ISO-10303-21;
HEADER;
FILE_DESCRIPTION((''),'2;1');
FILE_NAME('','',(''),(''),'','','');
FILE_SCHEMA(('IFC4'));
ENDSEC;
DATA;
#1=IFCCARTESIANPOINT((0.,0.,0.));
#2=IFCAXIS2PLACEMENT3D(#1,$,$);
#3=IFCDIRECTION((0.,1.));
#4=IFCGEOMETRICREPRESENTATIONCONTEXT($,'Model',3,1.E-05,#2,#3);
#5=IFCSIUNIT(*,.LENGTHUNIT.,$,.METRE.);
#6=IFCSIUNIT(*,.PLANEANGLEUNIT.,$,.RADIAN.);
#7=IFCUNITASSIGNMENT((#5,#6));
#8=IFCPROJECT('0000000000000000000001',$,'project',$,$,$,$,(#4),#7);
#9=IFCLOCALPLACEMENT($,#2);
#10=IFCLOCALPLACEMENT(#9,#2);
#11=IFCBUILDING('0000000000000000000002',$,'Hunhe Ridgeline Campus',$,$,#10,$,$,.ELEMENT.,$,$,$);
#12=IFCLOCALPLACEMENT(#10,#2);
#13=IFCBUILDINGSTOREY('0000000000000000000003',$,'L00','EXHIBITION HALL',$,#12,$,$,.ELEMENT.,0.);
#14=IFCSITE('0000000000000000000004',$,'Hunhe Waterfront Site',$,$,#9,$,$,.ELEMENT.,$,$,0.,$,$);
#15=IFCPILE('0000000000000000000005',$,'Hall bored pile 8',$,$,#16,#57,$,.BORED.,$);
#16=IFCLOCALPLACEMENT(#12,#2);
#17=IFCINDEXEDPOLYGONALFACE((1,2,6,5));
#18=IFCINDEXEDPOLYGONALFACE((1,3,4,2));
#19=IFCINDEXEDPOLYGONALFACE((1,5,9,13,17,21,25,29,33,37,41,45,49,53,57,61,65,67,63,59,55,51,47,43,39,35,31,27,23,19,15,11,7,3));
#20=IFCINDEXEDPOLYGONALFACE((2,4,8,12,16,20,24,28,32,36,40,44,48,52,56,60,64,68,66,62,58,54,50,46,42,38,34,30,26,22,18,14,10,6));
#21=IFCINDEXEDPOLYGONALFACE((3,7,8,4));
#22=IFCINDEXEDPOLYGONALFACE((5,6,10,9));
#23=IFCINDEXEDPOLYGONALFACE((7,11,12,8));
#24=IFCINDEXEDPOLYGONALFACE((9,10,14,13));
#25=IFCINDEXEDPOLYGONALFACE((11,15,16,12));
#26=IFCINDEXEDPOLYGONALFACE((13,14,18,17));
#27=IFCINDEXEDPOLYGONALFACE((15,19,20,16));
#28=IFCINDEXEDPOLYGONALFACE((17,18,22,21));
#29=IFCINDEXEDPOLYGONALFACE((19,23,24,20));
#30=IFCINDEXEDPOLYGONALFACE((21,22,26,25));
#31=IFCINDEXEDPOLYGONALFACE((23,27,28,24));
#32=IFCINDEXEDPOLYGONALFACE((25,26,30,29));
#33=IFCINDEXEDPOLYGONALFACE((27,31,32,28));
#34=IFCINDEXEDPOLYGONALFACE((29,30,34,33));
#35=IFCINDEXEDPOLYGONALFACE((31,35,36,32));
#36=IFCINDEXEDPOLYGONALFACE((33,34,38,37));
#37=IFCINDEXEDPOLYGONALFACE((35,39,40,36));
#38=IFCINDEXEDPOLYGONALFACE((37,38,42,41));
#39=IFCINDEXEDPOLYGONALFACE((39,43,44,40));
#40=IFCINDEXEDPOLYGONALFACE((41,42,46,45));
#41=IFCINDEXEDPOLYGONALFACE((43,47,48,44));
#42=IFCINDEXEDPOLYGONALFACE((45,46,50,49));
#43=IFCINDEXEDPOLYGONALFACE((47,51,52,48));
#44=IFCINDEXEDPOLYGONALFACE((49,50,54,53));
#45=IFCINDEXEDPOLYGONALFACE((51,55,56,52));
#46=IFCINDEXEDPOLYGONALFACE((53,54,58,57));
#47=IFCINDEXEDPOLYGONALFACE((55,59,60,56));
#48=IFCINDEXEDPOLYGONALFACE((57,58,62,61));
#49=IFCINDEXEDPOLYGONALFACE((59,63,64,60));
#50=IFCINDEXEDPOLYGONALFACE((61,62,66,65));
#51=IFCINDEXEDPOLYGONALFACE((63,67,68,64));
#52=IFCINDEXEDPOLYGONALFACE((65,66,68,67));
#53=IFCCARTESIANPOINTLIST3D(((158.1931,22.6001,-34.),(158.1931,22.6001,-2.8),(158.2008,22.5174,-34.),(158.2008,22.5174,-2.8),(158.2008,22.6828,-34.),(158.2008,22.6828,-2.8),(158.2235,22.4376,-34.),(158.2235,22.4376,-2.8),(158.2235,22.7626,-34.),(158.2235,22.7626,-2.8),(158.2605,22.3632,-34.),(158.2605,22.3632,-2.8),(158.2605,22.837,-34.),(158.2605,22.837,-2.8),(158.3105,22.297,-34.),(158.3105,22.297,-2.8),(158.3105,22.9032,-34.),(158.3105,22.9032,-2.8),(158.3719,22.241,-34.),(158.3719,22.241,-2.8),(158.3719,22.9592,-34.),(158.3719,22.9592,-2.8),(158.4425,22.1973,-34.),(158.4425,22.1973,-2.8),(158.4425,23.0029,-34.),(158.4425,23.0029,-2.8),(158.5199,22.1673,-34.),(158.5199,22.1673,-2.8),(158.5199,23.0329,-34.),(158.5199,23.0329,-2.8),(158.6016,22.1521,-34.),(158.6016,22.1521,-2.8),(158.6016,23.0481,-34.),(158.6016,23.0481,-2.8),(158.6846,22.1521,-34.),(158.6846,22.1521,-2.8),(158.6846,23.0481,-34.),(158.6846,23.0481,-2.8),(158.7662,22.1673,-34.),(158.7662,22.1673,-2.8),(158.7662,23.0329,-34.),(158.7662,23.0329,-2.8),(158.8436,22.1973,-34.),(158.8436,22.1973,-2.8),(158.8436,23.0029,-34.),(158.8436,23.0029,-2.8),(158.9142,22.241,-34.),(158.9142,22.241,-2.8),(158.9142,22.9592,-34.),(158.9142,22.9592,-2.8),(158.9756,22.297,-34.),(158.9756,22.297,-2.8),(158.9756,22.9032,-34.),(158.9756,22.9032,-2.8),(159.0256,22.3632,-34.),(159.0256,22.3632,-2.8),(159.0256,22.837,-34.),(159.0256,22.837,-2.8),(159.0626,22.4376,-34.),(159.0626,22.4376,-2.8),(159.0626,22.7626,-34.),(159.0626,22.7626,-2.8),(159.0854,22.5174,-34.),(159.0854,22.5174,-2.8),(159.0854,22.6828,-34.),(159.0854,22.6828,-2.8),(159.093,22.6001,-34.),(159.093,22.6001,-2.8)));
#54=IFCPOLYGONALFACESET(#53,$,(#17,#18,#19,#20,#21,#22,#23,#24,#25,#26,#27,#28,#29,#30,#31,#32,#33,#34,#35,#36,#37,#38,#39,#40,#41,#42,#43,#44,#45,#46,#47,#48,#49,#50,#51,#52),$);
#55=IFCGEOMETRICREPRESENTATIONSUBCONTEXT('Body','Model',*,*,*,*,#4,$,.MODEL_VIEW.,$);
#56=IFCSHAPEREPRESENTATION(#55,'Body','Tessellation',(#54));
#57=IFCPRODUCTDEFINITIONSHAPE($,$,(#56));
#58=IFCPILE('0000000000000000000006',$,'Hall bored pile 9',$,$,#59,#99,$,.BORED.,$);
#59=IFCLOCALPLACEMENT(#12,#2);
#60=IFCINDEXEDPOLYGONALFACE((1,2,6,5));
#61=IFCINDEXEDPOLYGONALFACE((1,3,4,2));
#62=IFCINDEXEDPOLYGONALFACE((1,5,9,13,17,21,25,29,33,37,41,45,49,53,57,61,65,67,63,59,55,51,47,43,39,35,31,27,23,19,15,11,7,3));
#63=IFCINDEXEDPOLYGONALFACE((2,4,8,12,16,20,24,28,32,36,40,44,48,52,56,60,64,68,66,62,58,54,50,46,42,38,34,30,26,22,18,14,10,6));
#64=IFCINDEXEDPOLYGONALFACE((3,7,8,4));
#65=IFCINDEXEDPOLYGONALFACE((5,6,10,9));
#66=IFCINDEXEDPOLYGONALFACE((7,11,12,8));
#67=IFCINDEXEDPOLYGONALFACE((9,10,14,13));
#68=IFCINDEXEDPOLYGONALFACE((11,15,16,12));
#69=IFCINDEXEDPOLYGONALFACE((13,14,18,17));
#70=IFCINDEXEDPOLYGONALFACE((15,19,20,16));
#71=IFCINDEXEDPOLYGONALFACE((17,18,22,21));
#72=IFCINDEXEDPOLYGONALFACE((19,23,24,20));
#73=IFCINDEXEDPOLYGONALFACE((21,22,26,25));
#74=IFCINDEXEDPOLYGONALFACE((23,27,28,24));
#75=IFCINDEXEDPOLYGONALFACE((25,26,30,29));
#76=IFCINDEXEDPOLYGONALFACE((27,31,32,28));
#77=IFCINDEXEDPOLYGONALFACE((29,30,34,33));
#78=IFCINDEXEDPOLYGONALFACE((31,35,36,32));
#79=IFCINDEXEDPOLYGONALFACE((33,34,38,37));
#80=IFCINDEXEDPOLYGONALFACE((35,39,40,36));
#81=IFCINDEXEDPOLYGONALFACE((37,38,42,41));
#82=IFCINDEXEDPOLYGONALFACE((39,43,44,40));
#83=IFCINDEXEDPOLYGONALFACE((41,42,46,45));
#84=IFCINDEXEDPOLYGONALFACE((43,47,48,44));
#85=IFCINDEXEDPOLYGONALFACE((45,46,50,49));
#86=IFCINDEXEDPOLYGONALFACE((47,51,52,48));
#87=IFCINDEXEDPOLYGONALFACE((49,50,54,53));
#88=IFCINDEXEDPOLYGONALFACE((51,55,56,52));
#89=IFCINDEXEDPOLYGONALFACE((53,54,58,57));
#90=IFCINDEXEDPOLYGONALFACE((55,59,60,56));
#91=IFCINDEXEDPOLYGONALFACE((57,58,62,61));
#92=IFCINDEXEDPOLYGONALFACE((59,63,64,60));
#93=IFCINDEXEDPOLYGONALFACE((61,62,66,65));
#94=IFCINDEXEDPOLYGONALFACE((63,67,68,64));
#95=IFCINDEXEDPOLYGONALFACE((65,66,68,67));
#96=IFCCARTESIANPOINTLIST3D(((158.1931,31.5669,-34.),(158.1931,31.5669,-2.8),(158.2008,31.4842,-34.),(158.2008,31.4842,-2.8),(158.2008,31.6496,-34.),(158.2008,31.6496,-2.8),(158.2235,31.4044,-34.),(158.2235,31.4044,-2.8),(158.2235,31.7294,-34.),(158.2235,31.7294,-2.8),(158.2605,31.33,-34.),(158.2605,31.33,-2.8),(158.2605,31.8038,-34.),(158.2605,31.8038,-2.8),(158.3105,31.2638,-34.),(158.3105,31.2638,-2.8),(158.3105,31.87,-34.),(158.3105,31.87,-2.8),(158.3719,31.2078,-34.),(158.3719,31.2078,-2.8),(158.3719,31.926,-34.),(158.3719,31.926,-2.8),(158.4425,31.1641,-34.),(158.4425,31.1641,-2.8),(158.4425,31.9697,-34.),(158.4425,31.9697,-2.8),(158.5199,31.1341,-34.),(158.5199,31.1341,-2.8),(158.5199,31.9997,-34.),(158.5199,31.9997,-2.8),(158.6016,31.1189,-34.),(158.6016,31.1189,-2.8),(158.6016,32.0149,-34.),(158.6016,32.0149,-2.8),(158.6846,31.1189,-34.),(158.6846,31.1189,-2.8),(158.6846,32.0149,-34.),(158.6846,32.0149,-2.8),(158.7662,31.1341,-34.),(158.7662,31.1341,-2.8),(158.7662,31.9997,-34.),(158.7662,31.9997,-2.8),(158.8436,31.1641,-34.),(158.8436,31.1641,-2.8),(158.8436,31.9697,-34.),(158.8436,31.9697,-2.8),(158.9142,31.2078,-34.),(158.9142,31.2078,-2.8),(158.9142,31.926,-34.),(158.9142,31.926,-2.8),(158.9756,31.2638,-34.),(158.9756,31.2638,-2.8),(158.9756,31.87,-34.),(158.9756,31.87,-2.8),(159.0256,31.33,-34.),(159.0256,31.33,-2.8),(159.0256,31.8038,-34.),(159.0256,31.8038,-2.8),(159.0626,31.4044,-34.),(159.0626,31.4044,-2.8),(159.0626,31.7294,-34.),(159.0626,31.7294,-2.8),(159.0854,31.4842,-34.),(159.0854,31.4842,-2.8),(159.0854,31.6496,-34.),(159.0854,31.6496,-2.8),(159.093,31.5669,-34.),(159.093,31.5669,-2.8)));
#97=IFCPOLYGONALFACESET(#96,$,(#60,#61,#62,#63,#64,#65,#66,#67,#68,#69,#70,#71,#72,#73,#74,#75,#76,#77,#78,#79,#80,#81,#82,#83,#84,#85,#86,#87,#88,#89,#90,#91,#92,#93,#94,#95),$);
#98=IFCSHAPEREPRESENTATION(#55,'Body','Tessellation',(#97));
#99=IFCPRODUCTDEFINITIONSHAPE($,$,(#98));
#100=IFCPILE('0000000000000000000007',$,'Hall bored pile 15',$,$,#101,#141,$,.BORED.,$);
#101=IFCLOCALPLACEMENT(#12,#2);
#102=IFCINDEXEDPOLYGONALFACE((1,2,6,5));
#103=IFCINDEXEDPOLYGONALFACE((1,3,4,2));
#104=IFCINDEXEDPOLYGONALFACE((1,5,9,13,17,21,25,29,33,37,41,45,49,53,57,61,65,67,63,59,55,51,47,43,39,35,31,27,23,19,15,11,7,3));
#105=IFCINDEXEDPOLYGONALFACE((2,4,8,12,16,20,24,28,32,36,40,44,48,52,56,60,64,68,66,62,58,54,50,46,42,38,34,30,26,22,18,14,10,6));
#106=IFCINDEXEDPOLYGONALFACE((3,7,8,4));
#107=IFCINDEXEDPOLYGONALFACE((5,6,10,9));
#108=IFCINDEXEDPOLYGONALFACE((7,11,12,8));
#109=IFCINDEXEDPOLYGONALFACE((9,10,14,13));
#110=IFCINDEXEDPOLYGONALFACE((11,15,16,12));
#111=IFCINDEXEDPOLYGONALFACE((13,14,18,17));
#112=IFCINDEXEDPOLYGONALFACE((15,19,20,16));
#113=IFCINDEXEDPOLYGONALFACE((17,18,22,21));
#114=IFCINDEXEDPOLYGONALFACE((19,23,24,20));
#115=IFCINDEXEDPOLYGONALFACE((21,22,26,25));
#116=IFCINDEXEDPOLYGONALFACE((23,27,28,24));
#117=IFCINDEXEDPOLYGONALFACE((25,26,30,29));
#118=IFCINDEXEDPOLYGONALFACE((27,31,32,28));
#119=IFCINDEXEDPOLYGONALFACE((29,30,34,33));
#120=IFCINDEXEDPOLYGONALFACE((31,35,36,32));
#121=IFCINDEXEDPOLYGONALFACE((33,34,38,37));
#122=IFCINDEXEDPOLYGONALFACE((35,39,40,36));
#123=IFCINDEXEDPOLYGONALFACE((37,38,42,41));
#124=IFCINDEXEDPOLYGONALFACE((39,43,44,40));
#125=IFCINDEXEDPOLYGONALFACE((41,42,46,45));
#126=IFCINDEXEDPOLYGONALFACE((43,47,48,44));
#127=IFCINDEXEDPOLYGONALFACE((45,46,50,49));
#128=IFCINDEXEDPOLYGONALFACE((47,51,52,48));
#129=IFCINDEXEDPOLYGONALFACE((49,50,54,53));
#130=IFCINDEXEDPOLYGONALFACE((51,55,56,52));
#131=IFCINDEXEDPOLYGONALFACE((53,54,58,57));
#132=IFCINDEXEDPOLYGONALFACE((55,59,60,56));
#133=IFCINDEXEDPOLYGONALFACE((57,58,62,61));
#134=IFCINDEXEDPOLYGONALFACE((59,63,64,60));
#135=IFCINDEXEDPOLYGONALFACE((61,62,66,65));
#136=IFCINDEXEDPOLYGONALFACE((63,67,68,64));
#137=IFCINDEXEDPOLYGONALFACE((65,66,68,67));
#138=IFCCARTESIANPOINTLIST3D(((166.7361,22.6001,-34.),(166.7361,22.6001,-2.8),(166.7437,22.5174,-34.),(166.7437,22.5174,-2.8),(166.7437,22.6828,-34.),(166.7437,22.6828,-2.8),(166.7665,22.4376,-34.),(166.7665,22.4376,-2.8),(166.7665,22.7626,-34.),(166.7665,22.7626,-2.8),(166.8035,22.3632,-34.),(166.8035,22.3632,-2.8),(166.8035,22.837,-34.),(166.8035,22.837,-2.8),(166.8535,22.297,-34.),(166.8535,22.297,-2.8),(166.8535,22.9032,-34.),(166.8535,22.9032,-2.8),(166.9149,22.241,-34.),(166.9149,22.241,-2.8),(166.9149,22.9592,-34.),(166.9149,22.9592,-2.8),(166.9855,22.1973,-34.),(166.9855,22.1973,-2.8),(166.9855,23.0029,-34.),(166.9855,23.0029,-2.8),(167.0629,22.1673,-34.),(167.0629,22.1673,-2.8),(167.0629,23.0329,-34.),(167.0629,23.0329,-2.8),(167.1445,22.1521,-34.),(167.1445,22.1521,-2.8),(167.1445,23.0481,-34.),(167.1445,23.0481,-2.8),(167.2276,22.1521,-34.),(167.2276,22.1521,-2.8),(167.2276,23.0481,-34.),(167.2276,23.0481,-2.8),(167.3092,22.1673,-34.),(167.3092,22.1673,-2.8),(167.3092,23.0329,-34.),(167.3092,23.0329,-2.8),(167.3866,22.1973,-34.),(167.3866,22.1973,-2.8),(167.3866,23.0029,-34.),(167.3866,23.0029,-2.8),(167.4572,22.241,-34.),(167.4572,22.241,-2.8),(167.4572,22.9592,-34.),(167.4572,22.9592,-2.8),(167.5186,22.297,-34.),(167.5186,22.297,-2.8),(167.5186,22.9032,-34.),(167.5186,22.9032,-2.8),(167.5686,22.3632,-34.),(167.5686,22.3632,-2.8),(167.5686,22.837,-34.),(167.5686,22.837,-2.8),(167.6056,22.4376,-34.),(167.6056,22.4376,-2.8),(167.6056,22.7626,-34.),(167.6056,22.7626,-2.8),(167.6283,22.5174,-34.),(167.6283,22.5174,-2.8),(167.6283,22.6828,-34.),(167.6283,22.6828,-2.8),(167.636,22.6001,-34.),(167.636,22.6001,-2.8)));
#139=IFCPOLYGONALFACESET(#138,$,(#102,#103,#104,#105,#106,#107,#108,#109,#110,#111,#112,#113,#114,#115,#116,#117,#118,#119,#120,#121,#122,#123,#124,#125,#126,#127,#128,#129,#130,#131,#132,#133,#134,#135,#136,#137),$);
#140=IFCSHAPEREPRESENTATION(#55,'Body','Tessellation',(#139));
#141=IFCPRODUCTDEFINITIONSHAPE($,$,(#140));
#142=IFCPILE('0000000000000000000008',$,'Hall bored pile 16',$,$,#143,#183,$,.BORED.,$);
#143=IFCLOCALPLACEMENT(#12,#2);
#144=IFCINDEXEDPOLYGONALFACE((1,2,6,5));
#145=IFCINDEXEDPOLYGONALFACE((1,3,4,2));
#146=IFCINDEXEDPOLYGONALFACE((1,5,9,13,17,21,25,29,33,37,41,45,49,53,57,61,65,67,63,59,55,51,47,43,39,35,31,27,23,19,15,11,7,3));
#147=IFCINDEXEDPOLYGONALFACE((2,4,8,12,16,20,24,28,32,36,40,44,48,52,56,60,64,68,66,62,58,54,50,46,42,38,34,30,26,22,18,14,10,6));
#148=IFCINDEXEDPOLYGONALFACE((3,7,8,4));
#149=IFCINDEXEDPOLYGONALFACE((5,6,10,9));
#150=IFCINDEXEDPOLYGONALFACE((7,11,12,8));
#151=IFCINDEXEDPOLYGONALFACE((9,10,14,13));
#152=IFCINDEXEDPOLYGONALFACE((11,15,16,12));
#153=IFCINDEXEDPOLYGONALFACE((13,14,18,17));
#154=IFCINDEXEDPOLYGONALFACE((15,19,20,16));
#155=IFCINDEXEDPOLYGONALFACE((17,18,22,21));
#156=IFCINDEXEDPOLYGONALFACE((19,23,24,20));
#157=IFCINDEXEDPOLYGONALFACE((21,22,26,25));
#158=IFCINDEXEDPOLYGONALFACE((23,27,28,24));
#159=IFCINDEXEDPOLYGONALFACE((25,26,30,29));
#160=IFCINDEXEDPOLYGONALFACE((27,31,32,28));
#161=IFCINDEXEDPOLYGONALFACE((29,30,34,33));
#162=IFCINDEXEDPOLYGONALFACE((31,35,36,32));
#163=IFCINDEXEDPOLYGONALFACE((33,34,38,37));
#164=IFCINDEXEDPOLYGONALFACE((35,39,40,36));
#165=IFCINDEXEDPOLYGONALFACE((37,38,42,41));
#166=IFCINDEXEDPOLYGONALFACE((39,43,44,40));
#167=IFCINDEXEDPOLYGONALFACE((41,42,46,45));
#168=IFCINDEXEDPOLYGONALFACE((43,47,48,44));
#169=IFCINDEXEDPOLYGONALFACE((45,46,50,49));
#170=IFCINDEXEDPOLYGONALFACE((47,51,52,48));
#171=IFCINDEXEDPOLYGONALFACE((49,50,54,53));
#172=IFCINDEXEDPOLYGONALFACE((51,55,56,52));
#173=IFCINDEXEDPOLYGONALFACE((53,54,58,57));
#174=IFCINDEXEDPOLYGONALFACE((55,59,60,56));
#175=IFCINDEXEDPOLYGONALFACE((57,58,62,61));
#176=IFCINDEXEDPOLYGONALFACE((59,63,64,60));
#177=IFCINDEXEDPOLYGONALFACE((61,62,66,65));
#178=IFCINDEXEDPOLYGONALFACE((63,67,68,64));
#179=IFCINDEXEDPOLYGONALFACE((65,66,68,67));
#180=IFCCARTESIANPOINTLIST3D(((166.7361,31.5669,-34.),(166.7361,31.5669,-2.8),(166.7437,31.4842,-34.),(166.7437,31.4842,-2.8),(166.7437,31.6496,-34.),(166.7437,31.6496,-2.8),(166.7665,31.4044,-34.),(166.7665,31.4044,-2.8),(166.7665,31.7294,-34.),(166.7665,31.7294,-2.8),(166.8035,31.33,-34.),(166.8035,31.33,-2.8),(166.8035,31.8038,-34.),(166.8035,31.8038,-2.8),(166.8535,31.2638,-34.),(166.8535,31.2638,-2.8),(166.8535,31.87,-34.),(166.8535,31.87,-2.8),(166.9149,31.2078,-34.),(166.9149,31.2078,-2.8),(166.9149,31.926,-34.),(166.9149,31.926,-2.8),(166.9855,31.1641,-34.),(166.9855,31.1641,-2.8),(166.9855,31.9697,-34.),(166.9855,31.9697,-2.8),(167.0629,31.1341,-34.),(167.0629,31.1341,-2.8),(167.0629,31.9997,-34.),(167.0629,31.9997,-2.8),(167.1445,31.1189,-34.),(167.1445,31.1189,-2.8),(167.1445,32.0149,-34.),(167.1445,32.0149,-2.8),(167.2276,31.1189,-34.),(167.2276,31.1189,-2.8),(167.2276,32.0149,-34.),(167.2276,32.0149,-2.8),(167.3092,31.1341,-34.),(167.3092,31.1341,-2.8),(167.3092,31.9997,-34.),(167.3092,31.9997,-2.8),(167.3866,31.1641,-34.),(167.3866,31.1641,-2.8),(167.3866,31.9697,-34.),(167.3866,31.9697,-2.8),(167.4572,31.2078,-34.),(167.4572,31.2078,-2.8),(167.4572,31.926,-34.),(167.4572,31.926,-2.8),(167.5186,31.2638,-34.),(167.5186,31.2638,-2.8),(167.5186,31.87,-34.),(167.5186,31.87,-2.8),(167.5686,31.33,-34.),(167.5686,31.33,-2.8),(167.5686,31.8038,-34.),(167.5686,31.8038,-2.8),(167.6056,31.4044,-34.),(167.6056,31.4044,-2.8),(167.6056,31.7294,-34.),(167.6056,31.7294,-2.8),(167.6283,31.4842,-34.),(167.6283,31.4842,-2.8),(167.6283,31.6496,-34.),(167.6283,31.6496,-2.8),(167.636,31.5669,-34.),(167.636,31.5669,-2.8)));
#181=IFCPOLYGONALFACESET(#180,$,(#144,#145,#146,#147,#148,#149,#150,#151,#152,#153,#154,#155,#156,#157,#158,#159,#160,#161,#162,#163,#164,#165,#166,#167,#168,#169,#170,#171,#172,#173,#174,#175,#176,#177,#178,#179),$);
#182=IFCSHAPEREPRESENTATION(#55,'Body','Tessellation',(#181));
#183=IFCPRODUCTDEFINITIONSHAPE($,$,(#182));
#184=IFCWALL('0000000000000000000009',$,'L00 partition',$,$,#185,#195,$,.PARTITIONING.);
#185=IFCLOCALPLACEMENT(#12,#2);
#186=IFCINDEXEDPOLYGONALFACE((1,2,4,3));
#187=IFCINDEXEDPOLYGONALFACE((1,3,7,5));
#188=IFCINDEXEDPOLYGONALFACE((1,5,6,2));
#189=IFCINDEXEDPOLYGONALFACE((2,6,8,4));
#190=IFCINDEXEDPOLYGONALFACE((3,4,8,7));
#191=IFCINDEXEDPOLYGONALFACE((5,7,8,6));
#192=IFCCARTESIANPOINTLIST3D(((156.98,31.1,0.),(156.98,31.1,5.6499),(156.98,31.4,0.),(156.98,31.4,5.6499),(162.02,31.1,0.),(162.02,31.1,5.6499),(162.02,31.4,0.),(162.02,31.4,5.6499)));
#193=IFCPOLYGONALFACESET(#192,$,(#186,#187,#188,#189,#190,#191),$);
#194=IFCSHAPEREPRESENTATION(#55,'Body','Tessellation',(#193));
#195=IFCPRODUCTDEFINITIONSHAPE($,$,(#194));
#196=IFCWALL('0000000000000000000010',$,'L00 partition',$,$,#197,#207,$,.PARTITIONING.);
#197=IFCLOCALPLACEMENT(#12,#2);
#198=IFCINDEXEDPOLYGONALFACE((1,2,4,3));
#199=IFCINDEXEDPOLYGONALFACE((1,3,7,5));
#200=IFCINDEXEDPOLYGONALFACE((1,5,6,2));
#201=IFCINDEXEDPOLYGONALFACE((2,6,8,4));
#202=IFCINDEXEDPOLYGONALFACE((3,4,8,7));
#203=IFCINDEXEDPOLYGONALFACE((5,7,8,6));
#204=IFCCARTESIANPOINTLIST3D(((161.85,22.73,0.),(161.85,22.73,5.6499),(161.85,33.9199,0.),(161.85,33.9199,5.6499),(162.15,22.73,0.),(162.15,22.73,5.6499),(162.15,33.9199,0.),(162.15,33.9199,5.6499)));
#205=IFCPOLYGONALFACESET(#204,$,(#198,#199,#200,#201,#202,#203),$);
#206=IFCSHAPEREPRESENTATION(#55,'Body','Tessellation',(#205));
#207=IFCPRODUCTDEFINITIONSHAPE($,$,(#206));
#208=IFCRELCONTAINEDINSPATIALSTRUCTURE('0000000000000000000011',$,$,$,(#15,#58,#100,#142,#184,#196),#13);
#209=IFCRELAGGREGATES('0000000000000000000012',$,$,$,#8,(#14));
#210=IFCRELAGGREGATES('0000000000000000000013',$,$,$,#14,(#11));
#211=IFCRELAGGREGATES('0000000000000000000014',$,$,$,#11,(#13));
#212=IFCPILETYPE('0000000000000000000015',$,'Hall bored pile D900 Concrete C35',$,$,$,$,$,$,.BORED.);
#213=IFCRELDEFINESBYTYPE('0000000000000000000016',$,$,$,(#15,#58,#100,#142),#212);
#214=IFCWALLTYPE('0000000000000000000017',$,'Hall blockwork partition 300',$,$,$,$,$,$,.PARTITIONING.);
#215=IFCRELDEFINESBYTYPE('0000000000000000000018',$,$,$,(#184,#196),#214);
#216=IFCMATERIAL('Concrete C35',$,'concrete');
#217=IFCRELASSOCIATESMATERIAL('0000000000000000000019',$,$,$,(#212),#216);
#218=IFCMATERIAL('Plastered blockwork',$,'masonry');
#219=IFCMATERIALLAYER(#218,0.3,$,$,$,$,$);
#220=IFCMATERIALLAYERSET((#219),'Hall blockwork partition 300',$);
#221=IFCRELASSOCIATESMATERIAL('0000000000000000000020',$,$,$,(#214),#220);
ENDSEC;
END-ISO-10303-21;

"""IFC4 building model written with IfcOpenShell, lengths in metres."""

from ifc_helpers import new_model, si_unit, direction, frame, frame_2d, origin, origin_2d, place, context, subcontext, project, spatial, rectangle, circle, extrude, material, layer, layer_set, material_profile, profile_set, type_object, element, save


model = new_model("IFC4")

# Units and contexts
model_context = context("Model", 3, precision=1e-05, world=origin(), true_north=direction((0.0, 1.0)))
body_context = subcontext(model_context, "Body", "Model", "MODEL_VIEW")
ifc_project = project(units=[si_unit("LENGTHUNIT", "METRE"), si_unit("PLANEANGLEUNIT", "RADIAN")], contexts=[model_context])

# Site, building, storey
site_placement = place(None, origin())
site = spatial("IfcSite", under=ifc_project, at=site_placement, Name="Hunhe Waterfront Site", CompositionType="ELEMENT", RefElevation=0.0)
building_placement = place(site_placement, origin())
building = spatial("IfcBuilding", under=site, at=building_placement, Name="Hunhe Ridgeline Campus", CompositionType="ELEMENT")
storey_placement = place(building_placement, origin())
storey = spatial("IfcBuildingStorey", under=building, at=storey_placement, Name="L00", Description="EXHIBITION HALL", CompositionType="ELEMENT", Elevation=0.0)

# Piles
ifc_material_1 = material(Name="Concrete C35", Category="concrete")
ifc_material_profile = material_profile(ifc_material_1, circle(Radius=0.45, at=origin_2d()))
ifc_profile_set = profile_set([ifc_material_profile], Name="Concrete C35")
pile_type = type_object("IfcPileType", Name="Hall bored pile D900 Concrete C35", PredefinedType="BORED", material=ifc_profile_set)
for number, where, z_axis, x_axis, name in (
    (1, (158.6431, 22.6001, -2.8), (0.0, 0.0, -1.0), (1.0, 0.0, 0.0), "Hall bored pile 8"),
    (2, (158.6431, 31.5669, -2.8), (0.0, 0.0, -1.0), (1.0, 0.0, 0.0), "Hall bored pile 9"),
    (3, (167.186, 22.6001, -2.8), (0.0, 0.0, -1.0), (1.0, 0.0, 0.0), "Hall bored pile 15"),
    (4, (167.186, 31.5669, -2.8), (0.0, 0.0, -1.0), (1.0, 0.0, 0.0), "Hall bored pile 16"),
):
    element("IfcPile", number, at=place(storey_placement, frame(where, z_axis=z_axis, x_axis=x_axis)), inside=storey, type_object=pile_type, Name=name, PredefinedType="BORED", context=body_context, shape_type="SweptSolid", body=[
        extrude(circle(Radius=0.45, at=origin_2d()), origin(), (0.0, 0.0, 1.0), 31.2),
    ])

# Shared definitions
ifc_material_2 = material(Name="Plastered blockwork", Category="masonry")
ifc_layer_1 = layer(ifc_material_2, 0.3)
ifc_layer_set_1 = layer_set([ifc_layer_1], Name="Hall blockwork partition 300")
wall_type_1 = type_object("IfcWallType", Name="Hall blockwork partition 300", PredefinedType="PARTITIONING", material=ifc_layer_set_1)

# Walls
wall_1_placement = place(storey_placement, frame((156.98, 31.25, 0.0), z_axis=(0.0, 0.0, 1.0), x_axis=(1.0, 0.0, 0.0)))
element("IfcWall", 5, at=wall_1_placement, inside=storey, type_object=wall_type_1, Name="L00 partition", PredefinedType="PARTITIONING", context=body_context, shape_type="SweptSolid", body=[
    extrude(rectangle(XDim=5.04, YDim=0.3, at=frame_2d((2.52, 0.0))), origin(), (0.0, 0.0, 1.0), 5.6499),
])
for number, where, z_axis, x_axis, name in (
    (6, (162.0, 22.73, 0.0), (0.0, 0.0, 1.0), (0.0, 1.0, 0.0), "L00 partition"),
):
    element("IfcWall", number, at=place(storey_placement, frame(where, z_axis=z_axis, x_axis=x_axis)), inside=storey, type_object=wall_type_1, Name=name, PredefinedType="PARTITIONING", context=body_context, shape_type="SweptSolid", body=[
        extrude(rectangle(XDim=11.1899, YDim=0.3, at=frame_2d((5.595, 0.0))), origin(), (0.0, 0.0, 1.0), 5.6499),
    ])

save(model, "model.ifc")
